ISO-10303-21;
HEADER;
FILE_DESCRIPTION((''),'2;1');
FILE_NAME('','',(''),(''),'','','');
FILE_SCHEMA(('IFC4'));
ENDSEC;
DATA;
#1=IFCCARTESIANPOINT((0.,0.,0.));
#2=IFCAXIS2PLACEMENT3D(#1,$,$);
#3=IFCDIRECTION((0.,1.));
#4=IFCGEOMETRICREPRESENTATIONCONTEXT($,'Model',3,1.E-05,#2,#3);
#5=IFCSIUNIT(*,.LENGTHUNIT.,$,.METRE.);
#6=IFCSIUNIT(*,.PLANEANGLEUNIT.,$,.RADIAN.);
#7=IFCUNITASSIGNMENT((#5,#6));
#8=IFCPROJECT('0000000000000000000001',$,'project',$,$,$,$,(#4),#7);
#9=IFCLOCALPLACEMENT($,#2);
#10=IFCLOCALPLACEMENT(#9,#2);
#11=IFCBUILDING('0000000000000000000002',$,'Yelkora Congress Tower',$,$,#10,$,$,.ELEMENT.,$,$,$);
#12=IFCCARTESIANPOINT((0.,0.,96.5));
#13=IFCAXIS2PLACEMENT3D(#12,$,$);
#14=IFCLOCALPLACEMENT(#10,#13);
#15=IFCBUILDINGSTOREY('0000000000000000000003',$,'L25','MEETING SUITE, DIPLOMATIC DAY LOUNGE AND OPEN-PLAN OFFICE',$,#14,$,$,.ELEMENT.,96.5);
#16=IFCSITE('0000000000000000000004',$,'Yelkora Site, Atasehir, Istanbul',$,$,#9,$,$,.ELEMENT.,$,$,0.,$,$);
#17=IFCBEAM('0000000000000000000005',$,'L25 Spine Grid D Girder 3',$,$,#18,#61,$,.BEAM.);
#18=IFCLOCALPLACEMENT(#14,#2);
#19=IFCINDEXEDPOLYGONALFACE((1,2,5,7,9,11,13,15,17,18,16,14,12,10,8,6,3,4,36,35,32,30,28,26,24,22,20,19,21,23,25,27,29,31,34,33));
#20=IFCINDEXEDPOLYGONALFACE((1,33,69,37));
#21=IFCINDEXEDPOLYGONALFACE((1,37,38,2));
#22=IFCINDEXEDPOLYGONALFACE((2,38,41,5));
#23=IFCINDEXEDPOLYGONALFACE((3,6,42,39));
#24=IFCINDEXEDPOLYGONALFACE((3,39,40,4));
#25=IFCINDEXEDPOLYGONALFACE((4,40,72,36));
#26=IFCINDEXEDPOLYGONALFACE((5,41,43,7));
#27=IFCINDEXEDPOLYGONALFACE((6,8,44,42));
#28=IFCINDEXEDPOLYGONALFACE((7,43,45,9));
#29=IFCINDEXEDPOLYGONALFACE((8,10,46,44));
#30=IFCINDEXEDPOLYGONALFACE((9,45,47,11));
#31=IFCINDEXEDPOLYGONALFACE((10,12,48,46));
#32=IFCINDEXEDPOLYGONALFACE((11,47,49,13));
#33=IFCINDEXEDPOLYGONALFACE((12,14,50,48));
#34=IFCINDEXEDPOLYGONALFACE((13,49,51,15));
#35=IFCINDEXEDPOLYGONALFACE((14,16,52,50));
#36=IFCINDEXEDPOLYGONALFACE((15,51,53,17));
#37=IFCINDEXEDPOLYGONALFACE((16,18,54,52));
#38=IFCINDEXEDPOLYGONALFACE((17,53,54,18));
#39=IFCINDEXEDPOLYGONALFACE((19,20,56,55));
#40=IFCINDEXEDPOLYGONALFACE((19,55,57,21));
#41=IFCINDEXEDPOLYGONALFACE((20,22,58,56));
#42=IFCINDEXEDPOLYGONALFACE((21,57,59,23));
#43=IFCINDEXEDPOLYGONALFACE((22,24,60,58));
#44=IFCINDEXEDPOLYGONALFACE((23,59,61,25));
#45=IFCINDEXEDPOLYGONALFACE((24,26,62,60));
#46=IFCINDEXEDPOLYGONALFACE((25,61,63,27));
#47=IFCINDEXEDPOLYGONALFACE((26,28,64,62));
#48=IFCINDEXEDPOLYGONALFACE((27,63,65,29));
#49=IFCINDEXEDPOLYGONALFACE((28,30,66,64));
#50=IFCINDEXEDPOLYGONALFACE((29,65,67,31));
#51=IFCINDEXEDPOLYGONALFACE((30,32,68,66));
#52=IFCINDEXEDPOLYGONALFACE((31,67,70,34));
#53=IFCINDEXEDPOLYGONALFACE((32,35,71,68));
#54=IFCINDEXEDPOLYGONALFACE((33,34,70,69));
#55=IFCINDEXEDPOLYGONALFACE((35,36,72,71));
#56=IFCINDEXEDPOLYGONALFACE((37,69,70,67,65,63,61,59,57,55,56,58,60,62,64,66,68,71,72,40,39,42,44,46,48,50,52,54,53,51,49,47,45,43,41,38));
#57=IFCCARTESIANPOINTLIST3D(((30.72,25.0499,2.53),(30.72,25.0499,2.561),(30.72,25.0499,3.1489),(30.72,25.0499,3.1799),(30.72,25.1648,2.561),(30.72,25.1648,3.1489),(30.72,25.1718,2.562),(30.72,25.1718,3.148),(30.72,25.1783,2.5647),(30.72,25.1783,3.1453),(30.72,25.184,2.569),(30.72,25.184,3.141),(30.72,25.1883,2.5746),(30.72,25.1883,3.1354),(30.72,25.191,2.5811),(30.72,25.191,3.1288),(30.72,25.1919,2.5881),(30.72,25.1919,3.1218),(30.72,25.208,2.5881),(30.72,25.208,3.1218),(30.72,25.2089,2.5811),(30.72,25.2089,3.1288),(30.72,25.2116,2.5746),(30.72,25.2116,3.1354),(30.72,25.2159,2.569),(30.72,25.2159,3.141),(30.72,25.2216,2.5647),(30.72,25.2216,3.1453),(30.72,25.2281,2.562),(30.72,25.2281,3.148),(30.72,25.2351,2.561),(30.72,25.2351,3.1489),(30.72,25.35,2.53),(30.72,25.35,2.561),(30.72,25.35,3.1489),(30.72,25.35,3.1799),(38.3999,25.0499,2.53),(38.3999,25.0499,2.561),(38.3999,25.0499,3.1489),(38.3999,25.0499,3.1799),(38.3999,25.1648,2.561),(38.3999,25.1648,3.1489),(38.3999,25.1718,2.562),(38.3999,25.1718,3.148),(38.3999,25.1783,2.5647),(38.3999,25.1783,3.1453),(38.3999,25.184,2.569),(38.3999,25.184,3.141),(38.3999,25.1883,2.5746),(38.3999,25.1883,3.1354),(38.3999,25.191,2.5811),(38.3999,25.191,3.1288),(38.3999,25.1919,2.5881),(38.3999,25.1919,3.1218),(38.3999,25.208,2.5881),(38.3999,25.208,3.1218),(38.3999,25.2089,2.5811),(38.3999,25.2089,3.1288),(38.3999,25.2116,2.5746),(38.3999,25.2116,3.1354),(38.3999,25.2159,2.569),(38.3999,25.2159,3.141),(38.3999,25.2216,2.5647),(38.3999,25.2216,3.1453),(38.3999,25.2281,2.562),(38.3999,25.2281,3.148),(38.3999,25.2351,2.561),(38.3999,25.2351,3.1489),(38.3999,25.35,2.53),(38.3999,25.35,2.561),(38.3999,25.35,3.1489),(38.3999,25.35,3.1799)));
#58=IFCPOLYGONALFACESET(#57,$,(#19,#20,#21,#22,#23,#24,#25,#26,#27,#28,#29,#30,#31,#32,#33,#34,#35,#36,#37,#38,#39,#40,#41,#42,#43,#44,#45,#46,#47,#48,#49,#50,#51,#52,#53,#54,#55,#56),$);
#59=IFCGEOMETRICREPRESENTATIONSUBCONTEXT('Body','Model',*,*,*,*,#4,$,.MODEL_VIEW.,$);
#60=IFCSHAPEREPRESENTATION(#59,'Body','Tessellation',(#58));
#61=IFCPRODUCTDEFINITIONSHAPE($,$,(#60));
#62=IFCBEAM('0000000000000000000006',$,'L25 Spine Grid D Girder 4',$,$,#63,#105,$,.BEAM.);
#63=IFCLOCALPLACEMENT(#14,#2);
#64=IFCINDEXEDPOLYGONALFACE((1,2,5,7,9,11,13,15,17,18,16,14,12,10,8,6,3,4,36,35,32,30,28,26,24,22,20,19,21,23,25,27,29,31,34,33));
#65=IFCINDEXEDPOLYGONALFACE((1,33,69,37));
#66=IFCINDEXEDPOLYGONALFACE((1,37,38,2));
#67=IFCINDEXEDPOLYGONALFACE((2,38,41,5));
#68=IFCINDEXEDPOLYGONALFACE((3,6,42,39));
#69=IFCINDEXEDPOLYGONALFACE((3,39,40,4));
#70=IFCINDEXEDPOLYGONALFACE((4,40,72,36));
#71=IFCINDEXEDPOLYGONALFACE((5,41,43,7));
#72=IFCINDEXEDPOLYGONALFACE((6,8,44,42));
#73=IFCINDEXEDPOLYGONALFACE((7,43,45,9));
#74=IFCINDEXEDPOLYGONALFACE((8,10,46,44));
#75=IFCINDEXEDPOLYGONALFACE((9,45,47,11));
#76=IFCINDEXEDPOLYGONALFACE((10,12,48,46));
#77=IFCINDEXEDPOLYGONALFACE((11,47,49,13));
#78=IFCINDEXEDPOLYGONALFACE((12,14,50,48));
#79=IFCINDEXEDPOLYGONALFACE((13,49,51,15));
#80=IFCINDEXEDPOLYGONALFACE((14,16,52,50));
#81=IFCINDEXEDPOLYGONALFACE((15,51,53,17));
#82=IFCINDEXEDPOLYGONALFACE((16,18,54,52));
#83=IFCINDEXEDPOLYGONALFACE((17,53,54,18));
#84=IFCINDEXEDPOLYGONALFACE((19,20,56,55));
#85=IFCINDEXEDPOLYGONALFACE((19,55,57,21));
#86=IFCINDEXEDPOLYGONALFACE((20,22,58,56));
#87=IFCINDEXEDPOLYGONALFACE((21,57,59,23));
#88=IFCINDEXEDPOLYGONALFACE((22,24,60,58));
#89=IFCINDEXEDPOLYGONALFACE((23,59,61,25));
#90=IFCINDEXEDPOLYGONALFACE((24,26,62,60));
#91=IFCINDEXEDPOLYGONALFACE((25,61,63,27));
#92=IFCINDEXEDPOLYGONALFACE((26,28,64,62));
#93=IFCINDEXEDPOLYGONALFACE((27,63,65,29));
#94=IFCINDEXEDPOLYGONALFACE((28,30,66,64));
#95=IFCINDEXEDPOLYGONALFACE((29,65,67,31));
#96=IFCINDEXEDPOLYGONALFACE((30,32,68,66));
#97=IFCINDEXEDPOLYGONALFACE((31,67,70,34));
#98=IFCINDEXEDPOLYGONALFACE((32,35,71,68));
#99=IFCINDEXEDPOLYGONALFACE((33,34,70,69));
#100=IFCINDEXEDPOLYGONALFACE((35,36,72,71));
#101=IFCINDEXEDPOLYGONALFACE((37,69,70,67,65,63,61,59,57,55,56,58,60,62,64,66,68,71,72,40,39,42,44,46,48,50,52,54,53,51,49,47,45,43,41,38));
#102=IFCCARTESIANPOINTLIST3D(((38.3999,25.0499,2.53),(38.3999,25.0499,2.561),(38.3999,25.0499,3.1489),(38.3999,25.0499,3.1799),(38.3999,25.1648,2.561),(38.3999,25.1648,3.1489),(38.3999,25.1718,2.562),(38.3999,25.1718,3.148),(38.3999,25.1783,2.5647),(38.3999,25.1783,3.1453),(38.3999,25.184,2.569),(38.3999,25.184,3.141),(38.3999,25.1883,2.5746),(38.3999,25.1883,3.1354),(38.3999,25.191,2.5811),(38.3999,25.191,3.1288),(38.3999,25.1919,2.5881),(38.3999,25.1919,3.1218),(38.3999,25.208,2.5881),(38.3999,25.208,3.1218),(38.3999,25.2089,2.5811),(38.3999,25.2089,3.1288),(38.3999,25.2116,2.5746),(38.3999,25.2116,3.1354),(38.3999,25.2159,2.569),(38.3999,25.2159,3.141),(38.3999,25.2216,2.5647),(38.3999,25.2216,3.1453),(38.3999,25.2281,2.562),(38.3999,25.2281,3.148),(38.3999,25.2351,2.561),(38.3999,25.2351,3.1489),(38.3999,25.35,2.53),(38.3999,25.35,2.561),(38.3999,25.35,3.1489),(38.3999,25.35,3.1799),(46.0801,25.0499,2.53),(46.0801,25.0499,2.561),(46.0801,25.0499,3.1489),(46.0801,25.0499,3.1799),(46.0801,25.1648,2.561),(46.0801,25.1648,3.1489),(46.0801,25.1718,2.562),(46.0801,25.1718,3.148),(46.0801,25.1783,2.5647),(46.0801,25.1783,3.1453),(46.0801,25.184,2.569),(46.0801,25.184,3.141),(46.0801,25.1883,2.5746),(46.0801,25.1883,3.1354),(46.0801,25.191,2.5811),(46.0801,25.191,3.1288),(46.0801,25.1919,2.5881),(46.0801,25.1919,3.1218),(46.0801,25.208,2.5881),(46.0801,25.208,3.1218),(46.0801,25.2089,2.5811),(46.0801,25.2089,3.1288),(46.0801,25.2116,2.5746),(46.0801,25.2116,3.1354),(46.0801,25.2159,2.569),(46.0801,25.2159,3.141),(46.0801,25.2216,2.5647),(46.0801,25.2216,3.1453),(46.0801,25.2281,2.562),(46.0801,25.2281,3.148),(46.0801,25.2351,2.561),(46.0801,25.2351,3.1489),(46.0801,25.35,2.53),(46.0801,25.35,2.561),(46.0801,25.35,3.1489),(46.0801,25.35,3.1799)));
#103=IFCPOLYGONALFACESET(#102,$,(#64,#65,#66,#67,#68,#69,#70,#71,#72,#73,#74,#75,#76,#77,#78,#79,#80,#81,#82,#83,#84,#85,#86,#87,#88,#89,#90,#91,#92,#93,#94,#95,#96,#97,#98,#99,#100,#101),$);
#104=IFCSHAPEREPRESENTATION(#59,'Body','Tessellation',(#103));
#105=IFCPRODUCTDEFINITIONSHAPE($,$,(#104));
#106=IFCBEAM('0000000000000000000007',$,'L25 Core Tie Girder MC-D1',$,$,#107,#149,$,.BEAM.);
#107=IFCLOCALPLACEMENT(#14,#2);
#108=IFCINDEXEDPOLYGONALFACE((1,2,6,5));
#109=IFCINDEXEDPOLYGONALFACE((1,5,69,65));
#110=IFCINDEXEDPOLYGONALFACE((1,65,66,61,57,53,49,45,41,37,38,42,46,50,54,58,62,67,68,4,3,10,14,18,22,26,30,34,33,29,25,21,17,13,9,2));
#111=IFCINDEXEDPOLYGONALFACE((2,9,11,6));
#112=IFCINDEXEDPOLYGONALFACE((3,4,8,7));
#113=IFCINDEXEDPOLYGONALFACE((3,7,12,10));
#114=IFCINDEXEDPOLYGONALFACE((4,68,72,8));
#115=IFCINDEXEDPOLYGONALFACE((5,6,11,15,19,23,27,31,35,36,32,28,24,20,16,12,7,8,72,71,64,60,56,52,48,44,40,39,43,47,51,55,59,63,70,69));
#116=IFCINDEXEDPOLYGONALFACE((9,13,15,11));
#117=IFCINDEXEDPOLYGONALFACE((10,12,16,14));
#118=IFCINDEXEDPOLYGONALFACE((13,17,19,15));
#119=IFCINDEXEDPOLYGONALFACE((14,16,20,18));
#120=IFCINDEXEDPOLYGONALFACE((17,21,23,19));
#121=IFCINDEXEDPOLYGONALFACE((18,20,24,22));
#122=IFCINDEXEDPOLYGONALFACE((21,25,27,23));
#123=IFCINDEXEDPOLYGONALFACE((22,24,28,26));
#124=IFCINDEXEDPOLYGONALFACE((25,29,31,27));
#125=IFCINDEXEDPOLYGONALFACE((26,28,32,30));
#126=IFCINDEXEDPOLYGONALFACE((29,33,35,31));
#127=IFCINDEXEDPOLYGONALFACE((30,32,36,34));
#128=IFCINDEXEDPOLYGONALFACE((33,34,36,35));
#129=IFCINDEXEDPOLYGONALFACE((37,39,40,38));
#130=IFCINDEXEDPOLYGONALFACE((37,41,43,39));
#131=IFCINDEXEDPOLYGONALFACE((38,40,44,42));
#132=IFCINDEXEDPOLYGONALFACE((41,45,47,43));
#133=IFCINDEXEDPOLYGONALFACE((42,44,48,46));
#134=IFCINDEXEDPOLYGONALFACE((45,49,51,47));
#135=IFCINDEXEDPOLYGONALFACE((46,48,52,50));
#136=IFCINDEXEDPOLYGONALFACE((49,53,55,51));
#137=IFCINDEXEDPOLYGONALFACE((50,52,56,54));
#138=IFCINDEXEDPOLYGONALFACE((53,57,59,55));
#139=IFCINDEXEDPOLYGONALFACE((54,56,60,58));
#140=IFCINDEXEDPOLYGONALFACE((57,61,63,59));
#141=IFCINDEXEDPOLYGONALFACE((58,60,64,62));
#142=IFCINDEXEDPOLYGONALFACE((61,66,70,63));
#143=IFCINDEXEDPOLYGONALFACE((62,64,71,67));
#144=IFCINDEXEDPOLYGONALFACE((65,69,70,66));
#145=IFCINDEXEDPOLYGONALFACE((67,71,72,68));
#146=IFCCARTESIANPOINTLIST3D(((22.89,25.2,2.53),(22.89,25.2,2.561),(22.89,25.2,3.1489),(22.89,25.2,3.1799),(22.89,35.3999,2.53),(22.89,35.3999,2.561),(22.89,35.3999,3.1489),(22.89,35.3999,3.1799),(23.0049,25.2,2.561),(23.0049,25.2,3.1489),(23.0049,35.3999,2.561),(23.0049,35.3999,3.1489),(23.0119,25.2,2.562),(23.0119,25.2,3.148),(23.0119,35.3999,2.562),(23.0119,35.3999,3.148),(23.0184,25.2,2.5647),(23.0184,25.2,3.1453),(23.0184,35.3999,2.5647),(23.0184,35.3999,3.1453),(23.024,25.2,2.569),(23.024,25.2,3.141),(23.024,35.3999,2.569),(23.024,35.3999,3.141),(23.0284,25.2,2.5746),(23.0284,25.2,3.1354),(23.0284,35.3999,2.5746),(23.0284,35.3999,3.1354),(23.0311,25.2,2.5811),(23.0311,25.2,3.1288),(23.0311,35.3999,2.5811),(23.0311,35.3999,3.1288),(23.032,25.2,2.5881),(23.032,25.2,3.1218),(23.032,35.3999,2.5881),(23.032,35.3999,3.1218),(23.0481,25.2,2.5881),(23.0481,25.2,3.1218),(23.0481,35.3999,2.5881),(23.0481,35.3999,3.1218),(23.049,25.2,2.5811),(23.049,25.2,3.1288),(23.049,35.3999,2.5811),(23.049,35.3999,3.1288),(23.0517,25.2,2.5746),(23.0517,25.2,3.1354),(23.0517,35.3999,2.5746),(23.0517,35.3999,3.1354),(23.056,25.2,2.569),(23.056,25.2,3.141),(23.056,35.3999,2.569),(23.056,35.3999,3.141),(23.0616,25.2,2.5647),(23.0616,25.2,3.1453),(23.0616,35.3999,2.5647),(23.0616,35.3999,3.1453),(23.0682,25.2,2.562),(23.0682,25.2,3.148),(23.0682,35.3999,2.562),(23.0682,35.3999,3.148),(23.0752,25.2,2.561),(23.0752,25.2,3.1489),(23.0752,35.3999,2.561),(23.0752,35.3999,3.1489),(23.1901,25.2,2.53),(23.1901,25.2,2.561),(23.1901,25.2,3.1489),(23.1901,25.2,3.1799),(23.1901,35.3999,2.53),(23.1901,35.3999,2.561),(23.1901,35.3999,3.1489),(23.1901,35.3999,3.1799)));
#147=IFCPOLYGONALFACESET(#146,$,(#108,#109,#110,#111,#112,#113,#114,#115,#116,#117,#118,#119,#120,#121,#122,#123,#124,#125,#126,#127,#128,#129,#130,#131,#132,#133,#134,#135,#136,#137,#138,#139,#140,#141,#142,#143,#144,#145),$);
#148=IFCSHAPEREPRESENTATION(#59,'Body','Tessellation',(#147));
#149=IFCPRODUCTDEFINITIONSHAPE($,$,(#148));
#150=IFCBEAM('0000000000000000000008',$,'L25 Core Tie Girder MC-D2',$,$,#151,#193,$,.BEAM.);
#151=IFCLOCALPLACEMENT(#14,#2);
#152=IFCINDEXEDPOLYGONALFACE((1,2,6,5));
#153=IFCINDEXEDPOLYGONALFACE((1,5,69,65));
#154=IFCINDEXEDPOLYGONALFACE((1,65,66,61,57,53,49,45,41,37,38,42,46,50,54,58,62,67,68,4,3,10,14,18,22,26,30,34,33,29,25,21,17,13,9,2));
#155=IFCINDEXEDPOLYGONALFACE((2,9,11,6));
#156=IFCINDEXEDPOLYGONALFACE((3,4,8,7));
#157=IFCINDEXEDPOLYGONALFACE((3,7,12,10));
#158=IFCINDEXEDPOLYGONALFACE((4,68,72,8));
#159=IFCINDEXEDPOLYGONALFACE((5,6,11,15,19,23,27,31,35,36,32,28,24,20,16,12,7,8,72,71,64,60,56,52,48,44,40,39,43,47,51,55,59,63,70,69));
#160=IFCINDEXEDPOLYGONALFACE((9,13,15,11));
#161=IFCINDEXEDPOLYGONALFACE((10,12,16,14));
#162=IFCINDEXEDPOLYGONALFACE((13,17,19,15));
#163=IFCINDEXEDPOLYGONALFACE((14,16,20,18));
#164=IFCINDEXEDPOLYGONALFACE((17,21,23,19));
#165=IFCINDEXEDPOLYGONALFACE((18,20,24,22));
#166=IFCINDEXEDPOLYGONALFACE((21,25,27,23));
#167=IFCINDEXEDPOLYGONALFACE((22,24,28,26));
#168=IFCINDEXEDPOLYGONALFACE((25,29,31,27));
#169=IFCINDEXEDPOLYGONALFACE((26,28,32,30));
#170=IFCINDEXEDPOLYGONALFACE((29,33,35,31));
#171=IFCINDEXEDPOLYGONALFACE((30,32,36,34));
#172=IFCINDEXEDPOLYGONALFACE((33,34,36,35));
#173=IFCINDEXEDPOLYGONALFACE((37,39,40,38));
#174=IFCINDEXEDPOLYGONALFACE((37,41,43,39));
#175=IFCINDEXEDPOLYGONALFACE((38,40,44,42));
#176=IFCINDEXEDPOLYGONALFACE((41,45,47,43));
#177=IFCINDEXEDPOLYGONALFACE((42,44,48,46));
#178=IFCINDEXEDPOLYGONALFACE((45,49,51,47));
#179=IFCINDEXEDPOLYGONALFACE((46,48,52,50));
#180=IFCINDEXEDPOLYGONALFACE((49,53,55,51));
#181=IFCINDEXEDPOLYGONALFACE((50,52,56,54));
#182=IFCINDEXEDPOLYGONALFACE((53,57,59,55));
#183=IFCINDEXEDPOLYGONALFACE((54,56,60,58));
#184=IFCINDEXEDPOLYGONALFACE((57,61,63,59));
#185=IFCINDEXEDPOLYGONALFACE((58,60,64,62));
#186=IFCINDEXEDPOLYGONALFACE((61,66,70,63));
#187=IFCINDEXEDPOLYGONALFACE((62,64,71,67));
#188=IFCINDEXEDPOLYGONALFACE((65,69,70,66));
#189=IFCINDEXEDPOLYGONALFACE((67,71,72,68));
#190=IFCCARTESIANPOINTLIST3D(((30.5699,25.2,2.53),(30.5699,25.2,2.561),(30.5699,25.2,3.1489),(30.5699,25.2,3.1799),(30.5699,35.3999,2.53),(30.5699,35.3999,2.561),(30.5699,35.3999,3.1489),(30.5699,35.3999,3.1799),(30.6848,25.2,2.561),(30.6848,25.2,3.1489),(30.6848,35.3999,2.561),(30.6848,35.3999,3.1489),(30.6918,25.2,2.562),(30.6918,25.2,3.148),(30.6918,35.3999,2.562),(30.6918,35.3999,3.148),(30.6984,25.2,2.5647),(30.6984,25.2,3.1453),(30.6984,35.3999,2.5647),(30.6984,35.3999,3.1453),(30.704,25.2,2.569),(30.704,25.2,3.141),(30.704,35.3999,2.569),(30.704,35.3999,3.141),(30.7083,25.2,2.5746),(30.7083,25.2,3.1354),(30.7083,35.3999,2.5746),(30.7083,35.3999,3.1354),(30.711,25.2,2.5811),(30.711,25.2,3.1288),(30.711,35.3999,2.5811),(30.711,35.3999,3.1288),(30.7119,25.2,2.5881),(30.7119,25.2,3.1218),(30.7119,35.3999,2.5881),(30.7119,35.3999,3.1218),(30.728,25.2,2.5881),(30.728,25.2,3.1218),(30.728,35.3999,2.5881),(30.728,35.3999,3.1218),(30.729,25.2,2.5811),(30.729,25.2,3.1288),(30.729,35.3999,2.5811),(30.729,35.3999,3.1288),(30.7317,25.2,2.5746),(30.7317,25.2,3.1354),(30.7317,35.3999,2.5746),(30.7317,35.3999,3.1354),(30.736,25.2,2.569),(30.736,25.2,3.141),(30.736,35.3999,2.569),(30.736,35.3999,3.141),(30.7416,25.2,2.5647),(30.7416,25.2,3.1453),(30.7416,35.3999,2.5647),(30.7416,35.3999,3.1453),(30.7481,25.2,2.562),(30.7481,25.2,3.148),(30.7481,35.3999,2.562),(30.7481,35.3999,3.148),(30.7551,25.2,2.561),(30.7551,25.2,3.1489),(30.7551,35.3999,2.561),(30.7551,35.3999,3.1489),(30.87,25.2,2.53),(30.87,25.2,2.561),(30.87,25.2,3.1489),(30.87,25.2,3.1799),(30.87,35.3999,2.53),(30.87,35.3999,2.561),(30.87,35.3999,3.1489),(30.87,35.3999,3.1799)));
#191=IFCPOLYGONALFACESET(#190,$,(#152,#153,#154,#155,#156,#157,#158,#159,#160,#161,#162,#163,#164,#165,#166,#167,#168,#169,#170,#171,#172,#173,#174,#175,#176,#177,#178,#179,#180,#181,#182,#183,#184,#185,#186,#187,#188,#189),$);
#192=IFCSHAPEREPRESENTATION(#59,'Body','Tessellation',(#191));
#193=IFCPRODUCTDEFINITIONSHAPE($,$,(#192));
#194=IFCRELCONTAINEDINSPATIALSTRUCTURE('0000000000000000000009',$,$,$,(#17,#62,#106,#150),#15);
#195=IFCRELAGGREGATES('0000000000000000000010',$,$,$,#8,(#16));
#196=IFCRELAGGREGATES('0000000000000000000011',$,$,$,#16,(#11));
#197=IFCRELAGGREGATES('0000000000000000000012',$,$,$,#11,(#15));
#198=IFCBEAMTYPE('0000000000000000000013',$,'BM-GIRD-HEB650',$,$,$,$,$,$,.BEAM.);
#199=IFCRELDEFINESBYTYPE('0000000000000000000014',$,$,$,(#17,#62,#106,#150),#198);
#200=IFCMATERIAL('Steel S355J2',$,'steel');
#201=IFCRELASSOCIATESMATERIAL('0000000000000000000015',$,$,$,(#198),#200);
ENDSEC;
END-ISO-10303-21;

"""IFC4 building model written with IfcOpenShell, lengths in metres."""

from ifc_helpers import new_model, si_unit, direction, frame, origin, origin_2d, place, context, subcontext, project, spatial, i_section, extrude, material, material_profile, profile_set, type_object, element, save


model = new_model("IFC4")

# Units and contexts
model_context = context("Model", 3, precision=1e-05, world=origin(), true_north=direction((0.0, 1.0)))
body_context = subcontext(model_context, "Body", "Model", "MODEL_VIEW")
ifc_project = project(units=[si_unit("LENGTHUNIT", "METRE"), si_unit("PLANEANGLEUNIT", "RADIAN")], contexts=[model_context])

# Site, building, storey
site_placement = place(None, origin())
site = spatial("IfcSite", under=ifc_project, at=site_placement, Name="Yelkora Site, Atasehir, Istanbul", CompositionType="ELEMENT", RefElevation=0.0)
building_placement = place(site_placement, origin())
building = spatial("IfcBuilding", under=site, at=building_placement, Name="Yelkora Congress Tower", CompositionType="ELEMENT")
storey_placement = place(building_placement, frame((0.0, 0.0, 96.5)))
storey = spatial("IfcBuildingStorey", under=building, at=storey_placement, Name="L25", Description="MEETING SUITE, DIPLOMATIC DAY LOUNGE AND OPEN-PLAN OFFICE", CompositionType="ELEMENT", Elevation=96.5)

# Beams
ifc_material_1 = material(Name="Steel S355J2", Category="steel")
ifc_material_profile_1 = material_profile(ifc_material_1, i_section(OverallWidth=0.3, OverallDepth=0.6499, WebThickness=0.0161, FlangeThickness=0.031, FilletRadius=0.0271, at=origin_2d()), Name="HEB 650")
ifc_profile_set_1 = profile_set([ifc_material_profile_1], Name="Steel S355J2")
beam_type_1 = type_object("IfcBeamType", Name="BM-GIRD-HEB650", PredefinedType="BEAM", material=ifc_profile_set_1)
for number, where, z_axis, x_axis, name in (
    (1, (30.72, 25.2, 2.855), (1.0, 0.0, 0.0), (0.0, 1.0, 0.0), "L25 Spine Grid D Girder 3"),
):
    element("IfcBeam", number, at=place(storey_placement, frame(where, z_axis=z_axis, x_axis=x_axis)), inside=storey, type_object=beam_type_1, Name=name, PredefinedType="BEAM", context=body_context, shape_type="SweptSolid", body=[
        extrude(i_section(OverallWidth=0.3, OverallDepth=0.6499, WebThickness=0.0161, FlangeThickness=0.031, FilletRadius=0.0271, at=origin_2d()), origin(), (0.0, 0.0, 1.0), 7.6799),
    ])
beam_1_placement = place(storey_placement, frame((38.3999, 25.2, 2.855), z_axis=(1.0, 0.0, 0.0), x_axis=(0.0, 1.0, 0.0)))
element("IfcBeam", 2, at=beam_1_placement, inside=storey, type_object=beam_type_1, Name="L25 Spine Grid D Girder 4", PredefinedType="BEAM", context=body_context, shape_type="SweptSolid", body=[
    extrude(i_section(OverallWidth=0.3, OverallDepth=0.6499, WebThickness=0.0161, FlangeThickness=0.031, FilletRadius=0.0271, at=origin_2d()), origin(), (0.0, 0.0, 1.0), 7.6802),
])
for number, where, z_axis, x_axis, name in (
    (3, (23.04, 25.2, 2.855), (0.0, 1.0, 0.0), (-1.0, 0.0, 0.0), "L25 Core Tie Girder MC-D1"),
    (4, (30.72, 25.2, 2.855), (0.0, 1.0, 0.0), (-1.0, 0.0, 0.0), "L25 Core Tie Girder MC-D2"),
):
    element("IfcBeam", number, at=place(storey_placement, frame(where, z_axis=z_axis, x_axis=x_axis)), inside=storey, type_object=beam_type_1, Name=name, PredefinedType="BEAM", context=body_context, shape_type="SweptSolid", body=[
        extrude(i_section(OverallWidth=0.3, OverallDepth=0.6499, WebThickness=0.0161, FlangeThickness=0.031, FilletRadius=0.0271, at=origin_2d()), origin(), (0.0, 0.0, 1.0), 10.2),
    ])

save(model, "model.ifc")
